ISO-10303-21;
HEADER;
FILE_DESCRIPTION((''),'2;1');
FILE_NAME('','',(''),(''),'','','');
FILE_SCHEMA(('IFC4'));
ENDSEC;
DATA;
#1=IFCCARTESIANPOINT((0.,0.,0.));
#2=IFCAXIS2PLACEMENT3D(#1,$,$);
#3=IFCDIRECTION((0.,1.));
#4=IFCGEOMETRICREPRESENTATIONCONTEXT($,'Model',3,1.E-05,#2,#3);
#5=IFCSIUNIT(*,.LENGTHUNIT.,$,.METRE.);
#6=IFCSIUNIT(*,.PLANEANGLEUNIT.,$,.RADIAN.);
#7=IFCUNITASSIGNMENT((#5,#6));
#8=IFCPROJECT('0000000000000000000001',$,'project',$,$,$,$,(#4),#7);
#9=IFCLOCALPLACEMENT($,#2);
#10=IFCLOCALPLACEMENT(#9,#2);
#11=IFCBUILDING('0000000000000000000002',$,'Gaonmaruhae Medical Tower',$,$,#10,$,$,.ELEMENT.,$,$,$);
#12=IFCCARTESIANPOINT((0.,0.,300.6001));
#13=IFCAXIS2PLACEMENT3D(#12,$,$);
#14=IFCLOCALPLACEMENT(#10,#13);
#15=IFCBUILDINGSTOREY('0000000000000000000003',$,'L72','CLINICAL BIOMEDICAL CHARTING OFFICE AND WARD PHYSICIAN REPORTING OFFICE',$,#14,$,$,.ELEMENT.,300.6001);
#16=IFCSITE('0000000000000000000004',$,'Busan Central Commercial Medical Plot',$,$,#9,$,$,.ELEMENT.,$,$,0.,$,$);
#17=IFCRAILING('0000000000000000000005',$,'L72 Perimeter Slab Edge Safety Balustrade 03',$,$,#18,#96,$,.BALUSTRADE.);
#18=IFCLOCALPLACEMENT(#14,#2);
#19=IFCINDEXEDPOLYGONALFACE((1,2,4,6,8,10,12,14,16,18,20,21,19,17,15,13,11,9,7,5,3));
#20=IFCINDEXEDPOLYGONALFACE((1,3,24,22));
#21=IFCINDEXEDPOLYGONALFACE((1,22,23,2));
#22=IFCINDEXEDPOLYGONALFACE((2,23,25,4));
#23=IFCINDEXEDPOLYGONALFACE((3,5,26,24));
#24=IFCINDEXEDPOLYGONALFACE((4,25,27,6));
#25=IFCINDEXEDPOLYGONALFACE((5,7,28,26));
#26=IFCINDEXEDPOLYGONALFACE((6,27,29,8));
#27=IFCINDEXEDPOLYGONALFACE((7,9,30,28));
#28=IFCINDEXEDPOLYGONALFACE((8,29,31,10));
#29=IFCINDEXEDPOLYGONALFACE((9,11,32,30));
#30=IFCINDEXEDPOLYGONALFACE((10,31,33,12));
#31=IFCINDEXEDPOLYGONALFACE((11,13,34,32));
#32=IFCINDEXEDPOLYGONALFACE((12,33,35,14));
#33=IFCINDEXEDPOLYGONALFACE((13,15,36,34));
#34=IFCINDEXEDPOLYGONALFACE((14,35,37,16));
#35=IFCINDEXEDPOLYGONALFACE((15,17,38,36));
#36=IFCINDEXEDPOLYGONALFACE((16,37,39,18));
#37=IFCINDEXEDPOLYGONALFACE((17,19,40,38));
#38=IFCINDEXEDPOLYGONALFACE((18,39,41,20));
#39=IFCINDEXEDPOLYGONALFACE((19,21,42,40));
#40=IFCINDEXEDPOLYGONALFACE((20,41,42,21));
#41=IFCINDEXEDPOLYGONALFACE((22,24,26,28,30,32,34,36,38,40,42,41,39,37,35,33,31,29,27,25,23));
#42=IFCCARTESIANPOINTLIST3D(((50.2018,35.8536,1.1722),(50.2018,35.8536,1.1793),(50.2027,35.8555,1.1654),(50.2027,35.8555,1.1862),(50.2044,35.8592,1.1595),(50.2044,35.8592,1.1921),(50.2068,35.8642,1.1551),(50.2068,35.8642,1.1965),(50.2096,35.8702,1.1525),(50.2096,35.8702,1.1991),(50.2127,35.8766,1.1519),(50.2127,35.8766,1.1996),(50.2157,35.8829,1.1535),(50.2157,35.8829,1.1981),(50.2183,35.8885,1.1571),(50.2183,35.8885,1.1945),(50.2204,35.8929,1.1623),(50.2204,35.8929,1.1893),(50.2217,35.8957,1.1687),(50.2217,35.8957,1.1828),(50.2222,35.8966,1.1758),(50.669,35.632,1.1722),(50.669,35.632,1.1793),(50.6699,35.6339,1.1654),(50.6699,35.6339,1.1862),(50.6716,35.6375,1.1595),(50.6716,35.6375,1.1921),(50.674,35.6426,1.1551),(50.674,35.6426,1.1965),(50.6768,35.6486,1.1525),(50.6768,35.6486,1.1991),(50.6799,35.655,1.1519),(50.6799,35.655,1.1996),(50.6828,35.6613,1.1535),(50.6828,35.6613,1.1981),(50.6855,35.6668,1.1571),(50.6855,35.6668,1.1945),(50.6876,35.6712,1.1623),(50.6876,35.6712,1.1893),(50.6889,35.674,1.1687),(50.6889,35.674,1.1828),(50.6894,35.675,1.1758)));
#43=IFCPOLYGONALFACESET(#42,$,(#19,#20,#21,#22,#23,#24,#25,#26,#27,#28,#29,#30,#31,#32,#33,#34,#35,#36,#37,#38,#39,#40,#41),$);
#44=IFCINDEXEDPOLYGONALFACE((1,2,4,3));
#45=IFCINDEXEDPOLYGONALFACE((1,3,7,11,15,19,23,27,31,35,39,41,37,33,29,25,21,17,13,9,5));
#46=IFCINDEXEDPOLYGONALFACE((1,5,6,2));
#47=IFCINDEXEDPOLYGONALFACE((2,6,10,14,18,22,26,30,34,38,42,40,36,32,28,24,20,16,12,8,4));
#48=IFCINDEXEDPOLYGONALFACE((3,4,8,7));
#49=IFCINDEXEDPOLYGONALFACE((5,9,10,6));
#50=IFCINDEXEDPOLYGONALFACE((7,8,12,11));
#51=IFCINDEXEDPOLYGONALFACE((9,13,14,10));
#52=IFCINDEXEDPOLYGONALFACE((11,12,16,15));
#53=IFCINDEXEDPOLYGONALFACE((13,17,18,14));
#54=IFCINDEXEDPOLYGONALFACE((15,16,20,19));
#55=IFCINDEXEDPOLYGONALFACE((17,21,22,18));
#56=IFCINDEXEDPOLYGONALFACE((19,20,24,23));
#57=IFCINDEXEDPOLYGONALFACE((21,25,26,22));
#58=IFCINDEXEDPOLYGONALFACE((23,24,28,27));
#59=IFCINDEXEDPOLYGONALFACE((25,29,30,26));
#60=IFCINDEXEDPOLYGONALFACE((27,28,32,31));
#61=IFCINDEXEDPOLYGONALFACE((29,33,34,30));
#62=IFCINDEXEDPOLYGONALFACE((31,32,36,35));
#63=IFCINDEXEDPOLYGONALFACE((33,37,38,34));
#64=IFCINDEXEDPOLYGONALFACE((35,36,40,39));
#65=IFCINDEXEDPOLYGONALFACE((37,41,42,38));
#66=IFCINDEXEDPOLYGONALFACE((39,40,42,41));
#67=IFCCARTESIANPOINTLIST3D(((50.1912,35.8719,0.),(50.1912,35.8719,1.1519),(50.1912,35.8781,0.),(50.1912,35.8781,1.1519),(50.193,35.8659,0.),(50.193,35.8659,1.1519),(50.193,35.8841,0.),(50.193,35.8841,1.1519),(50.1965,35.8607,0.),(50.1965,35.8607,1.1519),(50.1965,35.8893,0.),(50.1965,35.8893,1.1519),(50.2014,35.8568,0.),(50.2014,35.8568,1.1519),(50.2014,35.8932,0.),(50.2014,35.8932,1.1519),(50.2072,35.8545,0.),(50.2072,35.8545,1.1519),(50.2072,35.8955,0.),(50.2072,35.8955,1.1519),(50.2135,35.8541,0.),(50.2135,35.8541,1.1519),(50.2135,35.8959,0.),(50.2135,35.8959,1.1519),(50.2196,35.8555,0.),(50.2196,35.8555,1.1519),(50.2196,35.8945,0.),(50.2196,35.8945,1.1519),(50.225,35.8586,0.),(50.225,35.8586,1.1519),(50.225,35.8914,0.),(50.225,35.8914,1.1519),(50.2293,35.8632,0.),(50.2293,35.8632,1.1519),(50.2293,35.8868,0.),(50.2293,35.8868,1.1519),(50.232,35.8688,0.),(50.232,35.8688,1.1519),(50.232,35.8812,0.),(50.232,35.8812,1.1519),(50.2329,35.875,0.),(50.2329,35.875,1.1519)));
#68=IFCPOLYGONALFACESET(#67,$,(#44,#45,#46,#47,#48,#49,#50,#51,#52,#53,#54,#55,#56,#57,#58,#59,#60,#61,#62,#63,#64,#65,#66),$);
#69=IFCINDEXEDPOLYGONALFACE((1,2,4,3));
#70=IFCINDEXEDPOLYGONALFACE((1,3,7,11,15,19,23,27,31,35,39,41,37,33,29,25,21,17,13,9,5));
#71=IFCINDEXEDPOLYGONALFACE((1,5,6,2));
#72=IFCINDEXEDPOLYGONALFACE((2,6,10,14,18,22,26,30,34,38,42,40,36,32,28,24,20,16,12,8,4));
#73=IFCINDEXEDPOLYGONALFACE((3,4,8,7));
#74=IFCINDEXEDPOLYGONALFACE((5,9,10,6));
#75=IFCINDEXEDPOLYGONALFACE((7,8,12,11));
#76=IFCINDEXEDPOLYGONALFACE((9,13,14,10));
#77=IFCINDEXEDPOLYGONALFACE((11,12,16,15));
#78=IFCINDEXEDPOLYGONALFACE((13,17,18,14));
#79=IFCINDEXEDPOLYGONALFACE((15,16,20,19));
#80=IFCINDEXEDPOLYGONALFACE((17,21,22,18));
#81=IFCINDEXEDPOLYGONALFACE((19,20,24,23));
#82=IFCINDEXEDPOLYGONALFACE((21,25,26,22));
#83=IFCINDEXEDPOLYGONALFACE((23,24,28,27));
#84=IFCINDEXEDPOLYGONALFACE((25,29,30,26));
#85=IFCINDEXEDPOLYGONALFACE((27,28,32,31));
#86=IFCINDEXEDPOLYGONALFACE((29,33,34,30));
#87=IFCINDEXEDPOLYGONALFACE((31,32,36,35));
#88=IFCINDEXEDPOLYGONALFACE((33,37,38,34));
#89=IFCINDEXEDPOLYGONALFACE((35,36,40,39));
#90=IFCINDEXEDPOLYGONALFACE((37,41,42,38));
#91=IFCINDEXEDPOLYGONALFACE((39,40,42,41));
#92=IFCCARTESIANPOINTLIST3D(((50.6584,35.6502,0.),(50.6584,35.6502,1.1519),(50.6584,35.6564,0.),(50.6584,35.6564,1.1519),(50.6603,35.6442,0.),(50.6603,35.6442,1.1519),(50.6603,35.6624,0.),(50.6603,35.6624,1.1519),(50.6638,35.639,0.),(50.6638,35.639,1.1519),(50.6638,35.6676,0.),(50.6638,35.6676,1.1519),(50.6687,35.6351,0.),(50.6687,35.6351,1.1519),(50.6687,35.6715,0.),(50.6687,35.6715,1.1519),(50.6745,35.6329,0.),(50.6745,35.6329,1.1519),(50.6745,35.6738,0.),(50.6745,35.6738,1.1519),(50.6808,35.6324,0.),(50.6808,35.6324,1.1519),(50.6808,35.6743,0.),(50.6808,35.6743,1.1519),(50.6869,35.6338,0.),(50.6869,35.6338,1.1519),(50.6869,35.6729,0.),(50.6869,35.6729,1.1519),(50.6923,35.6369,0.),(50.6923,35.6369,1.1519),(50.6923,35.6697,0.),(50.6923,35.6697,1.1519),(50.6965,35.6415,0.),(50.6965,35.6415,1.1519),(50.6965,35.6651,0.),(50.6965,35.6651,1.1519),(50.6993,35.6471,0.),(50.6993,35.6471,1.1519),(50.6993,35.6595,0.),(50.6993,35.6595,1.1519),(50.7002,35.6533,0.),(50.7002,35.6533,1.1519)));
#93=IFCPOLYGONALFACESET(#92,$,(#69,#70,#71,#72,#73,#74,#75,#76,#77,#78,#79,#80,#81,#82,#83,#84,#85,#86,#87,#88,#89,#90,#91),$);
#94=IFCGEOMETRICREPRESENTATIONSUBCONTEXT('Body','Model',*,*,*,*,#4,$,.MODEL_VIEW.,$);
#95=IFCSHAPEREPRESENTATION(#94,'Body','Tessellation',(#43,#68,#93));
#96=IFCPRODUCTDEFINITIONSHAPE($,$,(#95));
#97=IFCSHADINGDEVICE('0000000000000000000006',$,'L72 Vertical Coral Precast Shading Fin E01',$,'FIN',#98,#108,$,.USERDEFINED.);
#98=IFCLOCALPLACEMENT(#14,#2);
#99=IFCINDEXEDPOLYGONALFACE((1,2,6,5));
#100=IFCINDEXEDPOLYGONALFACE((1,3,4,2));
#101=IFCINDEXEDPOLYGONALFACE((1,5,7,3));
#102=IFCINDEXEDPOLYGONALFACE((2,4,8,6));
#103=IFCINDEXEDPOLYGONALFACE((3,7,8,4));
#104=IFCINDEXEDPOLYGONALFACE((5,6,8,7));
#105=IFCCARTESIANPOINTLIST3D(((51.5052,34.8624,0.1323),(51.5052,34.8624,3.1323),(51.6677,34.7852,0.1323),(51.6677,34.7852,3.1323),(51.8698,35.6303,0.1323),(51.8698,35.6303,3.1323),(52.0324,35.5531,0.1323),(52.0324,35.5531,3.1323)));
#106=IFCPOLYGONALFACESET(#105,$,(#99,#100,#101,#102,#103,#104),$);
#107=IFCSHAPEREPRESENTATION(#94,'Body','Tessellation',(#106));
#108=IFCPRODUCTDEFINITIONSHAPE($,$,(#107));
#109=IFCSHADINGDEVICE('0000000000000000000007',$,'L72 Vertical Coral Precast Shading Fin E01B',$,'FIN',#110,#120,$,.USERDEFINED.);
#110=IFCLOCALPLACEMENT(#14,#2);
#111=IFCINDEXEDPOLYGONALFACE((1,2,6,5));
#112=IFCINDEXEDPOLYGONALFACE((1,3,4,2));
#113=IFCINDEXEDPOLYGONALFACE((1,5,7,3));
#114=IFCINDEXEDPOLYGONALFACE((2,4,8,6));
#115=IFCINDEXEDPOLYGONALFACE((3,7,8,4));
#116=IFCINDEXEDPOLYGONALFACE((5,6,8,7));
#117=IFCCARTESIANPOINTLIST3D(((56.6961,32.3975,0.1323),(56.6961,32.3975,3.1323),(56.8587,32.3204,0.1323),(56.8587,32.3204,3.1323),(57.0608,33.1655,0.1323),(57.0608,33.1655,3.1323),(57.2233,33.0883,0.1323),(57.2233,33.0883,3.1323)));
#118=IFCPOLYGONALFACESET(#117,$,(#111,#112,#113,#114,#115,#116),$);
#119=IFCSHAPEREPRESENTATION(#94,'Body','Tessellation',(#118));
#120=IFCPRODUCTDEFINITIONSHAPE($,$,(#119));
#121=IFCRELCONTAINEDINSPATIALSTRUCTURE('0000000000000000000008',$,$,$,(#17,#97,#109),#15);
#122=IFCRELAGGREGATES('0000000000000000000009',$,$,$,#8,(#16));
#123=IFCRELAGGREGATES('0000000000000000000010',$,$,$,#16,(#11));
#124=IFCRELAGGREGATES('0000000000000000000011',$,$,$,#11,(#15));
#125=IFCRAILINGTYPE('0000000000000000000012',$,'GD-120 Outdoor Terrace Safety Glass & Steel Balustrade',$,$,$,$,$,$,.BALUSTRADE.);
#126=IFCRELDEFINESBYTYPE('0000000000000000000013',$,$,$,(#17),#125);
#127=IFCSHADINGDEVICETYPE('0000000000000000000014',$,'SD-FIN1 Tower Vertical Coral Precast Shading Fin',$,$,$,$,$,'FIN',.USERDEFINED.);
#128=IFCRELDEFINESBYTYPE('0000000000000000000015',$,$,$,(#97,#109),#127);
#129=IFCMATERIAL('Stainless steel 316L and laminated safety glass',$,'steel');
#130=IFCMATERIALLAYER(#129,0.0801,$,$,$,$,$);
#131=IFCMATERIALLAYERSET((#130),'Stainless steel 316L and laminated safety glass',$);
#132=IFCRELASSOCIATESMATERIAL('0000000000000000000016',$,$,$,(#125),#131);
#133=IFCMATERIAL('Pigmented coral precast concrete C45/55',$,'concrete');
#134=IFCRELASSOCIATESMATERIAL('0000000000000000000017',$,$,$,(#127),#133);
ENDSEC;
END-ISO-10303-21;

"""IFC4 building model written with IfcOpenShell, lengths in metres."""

from ifc_helpers import new_model, si_unit, direction, frame, origin, origin_2d, place, context, subcontext, project, spatial, rectangle, circle, extrude, material, layer, layer_set, type_object, element, save


model = new_model("IFC4")

# Units and contexts
model_context = context("Model", 3, precision=1e-05, world=origin(), true_north=direction((0.0, 1.0)))
body_context = subcontext(model_context, "Body", "Model", "MODEL_VIEW")
ifc_project = project(units=[si_unit("LENGTHUNIT", "METRE"), si_unit("PLANEANGLEUNIT", "RADIAN")], contexts=[model_context])

# Site, building, storey
site_placement = place(None, origin())
site = spatial("IfcSite", under=ifc_project, at=site_placement, Name="Busan Central Commercial Medical Plot", CompositionType="ELEMENT", RefElevation=0.0)
building_placement = place(site_placement, origin())
building = spatial("IfcBuilding", under=site, at=building_placement, Name="Gaonmaruhae Medical Tower", CompositionType="ELEMENT")
storey_placement = place(building_placement, frame((0.0, 0.0, 300.6001)))
storey = spatial("IfcBuildingStorey", under=building, at=storey_placement, Name="L72", Description="CLINICAL BIOMEDICAL CHARTING OFFICE AND WARD PHYSICIAN REPORTING OFFICE", CompositionType="ELEMENT", Elevation=300.6001)

# Railing
ifc_material_1 = material(Name="Stainless steel 316L and laminated safety glass", Category="steel")
ifc_layer_1 = layer(ifc_material_1, 0.0801)
ifc_layer_set_1 = layer_set([ifc_layer_1], Name="Stainless steel 316L and laminated safety glass")
railing_type = type_object("IfcRailingType", Name="GD-120 Outdoor Terrace Safety Glass & Steel Balustrade", PredefinedType="BALUSTRADE", material=ifc_layer_set_1)
railing_placement = place(storey_placement, frame((50.2119, 35.875, 0.0)))
element("IfcRailing", 1, at=railing_placement, inside=storey, type_object=railing_type, Name="L72 Perimeter Slab Edge Safety Balustrade 03", PredefinedType="BALUSTRADE", context=body_context, shape_type="SweptSolid", body=[
    extrude(circle(Radius=0.0239, at=origin_2d()), frame((0.0, 0.0, 1.1758), z_axis=(0.903488, -0.428614, 0.0), x_axis=(0.428614, 0.903488, 0.0)), (0.0, 0.0, 1.0), 0.5171),
    extrude(circle(Radius=0.021, at=origin_2d()), origin(), (0.0, 0.0, 1.0), 1.1519),
    extrude(circle(Radius=0.021, at=origin_2d()), frame((0.4673, -0.2217, 0.0)), (0.0, 0.0, 1.0), 1.1519),
])

# Shading devices
ifc_material_2 = material(Name="Pigmented coral precast concrete C45/55", Category="concrete")
shading_device_type = type_object("IfcShadingDeviceType", Name="SD-FIN1 Tower Vertical Coral Precast Shading Fin", ElementType="FIN", PredefinedType="USERDEFINED", material=ifc_material_2)
for number, where, z_axis, x_axis, name in (
    (2, (51.7688, 35.2078, 0.1323), (0.0, 0.0, 1.0), (0.903335, -0.428935, 0.0), "L72 Vertical Coral Precast Shading Fin E01"),
    (3, (56.9597, 32.7429, 0.1323), (0.0, 0.0, 1.0), (0.903335, -0.428935, 0.0), "L72 Vertical Coral Precast Shading Fin E01B"),
):
    element("IfcShadingDevice", number, at=place(storey_placement, frame(where, z_axis=z_axis, x_axis=x_axis)), inside=storey, type_object=shading_device_type, Name=name, ObjectType="FIN", PredefinedType="USERDEFINED", context=body_context, shape_type="SweptSolid", body=[
        extrude(rectangle(XDim=0.1799, YDim=0.8501, at=origin_2d()), origin(), (0.0, 0.0, 1.0), 3.0),
    ])

save(model, "model.ifc")
